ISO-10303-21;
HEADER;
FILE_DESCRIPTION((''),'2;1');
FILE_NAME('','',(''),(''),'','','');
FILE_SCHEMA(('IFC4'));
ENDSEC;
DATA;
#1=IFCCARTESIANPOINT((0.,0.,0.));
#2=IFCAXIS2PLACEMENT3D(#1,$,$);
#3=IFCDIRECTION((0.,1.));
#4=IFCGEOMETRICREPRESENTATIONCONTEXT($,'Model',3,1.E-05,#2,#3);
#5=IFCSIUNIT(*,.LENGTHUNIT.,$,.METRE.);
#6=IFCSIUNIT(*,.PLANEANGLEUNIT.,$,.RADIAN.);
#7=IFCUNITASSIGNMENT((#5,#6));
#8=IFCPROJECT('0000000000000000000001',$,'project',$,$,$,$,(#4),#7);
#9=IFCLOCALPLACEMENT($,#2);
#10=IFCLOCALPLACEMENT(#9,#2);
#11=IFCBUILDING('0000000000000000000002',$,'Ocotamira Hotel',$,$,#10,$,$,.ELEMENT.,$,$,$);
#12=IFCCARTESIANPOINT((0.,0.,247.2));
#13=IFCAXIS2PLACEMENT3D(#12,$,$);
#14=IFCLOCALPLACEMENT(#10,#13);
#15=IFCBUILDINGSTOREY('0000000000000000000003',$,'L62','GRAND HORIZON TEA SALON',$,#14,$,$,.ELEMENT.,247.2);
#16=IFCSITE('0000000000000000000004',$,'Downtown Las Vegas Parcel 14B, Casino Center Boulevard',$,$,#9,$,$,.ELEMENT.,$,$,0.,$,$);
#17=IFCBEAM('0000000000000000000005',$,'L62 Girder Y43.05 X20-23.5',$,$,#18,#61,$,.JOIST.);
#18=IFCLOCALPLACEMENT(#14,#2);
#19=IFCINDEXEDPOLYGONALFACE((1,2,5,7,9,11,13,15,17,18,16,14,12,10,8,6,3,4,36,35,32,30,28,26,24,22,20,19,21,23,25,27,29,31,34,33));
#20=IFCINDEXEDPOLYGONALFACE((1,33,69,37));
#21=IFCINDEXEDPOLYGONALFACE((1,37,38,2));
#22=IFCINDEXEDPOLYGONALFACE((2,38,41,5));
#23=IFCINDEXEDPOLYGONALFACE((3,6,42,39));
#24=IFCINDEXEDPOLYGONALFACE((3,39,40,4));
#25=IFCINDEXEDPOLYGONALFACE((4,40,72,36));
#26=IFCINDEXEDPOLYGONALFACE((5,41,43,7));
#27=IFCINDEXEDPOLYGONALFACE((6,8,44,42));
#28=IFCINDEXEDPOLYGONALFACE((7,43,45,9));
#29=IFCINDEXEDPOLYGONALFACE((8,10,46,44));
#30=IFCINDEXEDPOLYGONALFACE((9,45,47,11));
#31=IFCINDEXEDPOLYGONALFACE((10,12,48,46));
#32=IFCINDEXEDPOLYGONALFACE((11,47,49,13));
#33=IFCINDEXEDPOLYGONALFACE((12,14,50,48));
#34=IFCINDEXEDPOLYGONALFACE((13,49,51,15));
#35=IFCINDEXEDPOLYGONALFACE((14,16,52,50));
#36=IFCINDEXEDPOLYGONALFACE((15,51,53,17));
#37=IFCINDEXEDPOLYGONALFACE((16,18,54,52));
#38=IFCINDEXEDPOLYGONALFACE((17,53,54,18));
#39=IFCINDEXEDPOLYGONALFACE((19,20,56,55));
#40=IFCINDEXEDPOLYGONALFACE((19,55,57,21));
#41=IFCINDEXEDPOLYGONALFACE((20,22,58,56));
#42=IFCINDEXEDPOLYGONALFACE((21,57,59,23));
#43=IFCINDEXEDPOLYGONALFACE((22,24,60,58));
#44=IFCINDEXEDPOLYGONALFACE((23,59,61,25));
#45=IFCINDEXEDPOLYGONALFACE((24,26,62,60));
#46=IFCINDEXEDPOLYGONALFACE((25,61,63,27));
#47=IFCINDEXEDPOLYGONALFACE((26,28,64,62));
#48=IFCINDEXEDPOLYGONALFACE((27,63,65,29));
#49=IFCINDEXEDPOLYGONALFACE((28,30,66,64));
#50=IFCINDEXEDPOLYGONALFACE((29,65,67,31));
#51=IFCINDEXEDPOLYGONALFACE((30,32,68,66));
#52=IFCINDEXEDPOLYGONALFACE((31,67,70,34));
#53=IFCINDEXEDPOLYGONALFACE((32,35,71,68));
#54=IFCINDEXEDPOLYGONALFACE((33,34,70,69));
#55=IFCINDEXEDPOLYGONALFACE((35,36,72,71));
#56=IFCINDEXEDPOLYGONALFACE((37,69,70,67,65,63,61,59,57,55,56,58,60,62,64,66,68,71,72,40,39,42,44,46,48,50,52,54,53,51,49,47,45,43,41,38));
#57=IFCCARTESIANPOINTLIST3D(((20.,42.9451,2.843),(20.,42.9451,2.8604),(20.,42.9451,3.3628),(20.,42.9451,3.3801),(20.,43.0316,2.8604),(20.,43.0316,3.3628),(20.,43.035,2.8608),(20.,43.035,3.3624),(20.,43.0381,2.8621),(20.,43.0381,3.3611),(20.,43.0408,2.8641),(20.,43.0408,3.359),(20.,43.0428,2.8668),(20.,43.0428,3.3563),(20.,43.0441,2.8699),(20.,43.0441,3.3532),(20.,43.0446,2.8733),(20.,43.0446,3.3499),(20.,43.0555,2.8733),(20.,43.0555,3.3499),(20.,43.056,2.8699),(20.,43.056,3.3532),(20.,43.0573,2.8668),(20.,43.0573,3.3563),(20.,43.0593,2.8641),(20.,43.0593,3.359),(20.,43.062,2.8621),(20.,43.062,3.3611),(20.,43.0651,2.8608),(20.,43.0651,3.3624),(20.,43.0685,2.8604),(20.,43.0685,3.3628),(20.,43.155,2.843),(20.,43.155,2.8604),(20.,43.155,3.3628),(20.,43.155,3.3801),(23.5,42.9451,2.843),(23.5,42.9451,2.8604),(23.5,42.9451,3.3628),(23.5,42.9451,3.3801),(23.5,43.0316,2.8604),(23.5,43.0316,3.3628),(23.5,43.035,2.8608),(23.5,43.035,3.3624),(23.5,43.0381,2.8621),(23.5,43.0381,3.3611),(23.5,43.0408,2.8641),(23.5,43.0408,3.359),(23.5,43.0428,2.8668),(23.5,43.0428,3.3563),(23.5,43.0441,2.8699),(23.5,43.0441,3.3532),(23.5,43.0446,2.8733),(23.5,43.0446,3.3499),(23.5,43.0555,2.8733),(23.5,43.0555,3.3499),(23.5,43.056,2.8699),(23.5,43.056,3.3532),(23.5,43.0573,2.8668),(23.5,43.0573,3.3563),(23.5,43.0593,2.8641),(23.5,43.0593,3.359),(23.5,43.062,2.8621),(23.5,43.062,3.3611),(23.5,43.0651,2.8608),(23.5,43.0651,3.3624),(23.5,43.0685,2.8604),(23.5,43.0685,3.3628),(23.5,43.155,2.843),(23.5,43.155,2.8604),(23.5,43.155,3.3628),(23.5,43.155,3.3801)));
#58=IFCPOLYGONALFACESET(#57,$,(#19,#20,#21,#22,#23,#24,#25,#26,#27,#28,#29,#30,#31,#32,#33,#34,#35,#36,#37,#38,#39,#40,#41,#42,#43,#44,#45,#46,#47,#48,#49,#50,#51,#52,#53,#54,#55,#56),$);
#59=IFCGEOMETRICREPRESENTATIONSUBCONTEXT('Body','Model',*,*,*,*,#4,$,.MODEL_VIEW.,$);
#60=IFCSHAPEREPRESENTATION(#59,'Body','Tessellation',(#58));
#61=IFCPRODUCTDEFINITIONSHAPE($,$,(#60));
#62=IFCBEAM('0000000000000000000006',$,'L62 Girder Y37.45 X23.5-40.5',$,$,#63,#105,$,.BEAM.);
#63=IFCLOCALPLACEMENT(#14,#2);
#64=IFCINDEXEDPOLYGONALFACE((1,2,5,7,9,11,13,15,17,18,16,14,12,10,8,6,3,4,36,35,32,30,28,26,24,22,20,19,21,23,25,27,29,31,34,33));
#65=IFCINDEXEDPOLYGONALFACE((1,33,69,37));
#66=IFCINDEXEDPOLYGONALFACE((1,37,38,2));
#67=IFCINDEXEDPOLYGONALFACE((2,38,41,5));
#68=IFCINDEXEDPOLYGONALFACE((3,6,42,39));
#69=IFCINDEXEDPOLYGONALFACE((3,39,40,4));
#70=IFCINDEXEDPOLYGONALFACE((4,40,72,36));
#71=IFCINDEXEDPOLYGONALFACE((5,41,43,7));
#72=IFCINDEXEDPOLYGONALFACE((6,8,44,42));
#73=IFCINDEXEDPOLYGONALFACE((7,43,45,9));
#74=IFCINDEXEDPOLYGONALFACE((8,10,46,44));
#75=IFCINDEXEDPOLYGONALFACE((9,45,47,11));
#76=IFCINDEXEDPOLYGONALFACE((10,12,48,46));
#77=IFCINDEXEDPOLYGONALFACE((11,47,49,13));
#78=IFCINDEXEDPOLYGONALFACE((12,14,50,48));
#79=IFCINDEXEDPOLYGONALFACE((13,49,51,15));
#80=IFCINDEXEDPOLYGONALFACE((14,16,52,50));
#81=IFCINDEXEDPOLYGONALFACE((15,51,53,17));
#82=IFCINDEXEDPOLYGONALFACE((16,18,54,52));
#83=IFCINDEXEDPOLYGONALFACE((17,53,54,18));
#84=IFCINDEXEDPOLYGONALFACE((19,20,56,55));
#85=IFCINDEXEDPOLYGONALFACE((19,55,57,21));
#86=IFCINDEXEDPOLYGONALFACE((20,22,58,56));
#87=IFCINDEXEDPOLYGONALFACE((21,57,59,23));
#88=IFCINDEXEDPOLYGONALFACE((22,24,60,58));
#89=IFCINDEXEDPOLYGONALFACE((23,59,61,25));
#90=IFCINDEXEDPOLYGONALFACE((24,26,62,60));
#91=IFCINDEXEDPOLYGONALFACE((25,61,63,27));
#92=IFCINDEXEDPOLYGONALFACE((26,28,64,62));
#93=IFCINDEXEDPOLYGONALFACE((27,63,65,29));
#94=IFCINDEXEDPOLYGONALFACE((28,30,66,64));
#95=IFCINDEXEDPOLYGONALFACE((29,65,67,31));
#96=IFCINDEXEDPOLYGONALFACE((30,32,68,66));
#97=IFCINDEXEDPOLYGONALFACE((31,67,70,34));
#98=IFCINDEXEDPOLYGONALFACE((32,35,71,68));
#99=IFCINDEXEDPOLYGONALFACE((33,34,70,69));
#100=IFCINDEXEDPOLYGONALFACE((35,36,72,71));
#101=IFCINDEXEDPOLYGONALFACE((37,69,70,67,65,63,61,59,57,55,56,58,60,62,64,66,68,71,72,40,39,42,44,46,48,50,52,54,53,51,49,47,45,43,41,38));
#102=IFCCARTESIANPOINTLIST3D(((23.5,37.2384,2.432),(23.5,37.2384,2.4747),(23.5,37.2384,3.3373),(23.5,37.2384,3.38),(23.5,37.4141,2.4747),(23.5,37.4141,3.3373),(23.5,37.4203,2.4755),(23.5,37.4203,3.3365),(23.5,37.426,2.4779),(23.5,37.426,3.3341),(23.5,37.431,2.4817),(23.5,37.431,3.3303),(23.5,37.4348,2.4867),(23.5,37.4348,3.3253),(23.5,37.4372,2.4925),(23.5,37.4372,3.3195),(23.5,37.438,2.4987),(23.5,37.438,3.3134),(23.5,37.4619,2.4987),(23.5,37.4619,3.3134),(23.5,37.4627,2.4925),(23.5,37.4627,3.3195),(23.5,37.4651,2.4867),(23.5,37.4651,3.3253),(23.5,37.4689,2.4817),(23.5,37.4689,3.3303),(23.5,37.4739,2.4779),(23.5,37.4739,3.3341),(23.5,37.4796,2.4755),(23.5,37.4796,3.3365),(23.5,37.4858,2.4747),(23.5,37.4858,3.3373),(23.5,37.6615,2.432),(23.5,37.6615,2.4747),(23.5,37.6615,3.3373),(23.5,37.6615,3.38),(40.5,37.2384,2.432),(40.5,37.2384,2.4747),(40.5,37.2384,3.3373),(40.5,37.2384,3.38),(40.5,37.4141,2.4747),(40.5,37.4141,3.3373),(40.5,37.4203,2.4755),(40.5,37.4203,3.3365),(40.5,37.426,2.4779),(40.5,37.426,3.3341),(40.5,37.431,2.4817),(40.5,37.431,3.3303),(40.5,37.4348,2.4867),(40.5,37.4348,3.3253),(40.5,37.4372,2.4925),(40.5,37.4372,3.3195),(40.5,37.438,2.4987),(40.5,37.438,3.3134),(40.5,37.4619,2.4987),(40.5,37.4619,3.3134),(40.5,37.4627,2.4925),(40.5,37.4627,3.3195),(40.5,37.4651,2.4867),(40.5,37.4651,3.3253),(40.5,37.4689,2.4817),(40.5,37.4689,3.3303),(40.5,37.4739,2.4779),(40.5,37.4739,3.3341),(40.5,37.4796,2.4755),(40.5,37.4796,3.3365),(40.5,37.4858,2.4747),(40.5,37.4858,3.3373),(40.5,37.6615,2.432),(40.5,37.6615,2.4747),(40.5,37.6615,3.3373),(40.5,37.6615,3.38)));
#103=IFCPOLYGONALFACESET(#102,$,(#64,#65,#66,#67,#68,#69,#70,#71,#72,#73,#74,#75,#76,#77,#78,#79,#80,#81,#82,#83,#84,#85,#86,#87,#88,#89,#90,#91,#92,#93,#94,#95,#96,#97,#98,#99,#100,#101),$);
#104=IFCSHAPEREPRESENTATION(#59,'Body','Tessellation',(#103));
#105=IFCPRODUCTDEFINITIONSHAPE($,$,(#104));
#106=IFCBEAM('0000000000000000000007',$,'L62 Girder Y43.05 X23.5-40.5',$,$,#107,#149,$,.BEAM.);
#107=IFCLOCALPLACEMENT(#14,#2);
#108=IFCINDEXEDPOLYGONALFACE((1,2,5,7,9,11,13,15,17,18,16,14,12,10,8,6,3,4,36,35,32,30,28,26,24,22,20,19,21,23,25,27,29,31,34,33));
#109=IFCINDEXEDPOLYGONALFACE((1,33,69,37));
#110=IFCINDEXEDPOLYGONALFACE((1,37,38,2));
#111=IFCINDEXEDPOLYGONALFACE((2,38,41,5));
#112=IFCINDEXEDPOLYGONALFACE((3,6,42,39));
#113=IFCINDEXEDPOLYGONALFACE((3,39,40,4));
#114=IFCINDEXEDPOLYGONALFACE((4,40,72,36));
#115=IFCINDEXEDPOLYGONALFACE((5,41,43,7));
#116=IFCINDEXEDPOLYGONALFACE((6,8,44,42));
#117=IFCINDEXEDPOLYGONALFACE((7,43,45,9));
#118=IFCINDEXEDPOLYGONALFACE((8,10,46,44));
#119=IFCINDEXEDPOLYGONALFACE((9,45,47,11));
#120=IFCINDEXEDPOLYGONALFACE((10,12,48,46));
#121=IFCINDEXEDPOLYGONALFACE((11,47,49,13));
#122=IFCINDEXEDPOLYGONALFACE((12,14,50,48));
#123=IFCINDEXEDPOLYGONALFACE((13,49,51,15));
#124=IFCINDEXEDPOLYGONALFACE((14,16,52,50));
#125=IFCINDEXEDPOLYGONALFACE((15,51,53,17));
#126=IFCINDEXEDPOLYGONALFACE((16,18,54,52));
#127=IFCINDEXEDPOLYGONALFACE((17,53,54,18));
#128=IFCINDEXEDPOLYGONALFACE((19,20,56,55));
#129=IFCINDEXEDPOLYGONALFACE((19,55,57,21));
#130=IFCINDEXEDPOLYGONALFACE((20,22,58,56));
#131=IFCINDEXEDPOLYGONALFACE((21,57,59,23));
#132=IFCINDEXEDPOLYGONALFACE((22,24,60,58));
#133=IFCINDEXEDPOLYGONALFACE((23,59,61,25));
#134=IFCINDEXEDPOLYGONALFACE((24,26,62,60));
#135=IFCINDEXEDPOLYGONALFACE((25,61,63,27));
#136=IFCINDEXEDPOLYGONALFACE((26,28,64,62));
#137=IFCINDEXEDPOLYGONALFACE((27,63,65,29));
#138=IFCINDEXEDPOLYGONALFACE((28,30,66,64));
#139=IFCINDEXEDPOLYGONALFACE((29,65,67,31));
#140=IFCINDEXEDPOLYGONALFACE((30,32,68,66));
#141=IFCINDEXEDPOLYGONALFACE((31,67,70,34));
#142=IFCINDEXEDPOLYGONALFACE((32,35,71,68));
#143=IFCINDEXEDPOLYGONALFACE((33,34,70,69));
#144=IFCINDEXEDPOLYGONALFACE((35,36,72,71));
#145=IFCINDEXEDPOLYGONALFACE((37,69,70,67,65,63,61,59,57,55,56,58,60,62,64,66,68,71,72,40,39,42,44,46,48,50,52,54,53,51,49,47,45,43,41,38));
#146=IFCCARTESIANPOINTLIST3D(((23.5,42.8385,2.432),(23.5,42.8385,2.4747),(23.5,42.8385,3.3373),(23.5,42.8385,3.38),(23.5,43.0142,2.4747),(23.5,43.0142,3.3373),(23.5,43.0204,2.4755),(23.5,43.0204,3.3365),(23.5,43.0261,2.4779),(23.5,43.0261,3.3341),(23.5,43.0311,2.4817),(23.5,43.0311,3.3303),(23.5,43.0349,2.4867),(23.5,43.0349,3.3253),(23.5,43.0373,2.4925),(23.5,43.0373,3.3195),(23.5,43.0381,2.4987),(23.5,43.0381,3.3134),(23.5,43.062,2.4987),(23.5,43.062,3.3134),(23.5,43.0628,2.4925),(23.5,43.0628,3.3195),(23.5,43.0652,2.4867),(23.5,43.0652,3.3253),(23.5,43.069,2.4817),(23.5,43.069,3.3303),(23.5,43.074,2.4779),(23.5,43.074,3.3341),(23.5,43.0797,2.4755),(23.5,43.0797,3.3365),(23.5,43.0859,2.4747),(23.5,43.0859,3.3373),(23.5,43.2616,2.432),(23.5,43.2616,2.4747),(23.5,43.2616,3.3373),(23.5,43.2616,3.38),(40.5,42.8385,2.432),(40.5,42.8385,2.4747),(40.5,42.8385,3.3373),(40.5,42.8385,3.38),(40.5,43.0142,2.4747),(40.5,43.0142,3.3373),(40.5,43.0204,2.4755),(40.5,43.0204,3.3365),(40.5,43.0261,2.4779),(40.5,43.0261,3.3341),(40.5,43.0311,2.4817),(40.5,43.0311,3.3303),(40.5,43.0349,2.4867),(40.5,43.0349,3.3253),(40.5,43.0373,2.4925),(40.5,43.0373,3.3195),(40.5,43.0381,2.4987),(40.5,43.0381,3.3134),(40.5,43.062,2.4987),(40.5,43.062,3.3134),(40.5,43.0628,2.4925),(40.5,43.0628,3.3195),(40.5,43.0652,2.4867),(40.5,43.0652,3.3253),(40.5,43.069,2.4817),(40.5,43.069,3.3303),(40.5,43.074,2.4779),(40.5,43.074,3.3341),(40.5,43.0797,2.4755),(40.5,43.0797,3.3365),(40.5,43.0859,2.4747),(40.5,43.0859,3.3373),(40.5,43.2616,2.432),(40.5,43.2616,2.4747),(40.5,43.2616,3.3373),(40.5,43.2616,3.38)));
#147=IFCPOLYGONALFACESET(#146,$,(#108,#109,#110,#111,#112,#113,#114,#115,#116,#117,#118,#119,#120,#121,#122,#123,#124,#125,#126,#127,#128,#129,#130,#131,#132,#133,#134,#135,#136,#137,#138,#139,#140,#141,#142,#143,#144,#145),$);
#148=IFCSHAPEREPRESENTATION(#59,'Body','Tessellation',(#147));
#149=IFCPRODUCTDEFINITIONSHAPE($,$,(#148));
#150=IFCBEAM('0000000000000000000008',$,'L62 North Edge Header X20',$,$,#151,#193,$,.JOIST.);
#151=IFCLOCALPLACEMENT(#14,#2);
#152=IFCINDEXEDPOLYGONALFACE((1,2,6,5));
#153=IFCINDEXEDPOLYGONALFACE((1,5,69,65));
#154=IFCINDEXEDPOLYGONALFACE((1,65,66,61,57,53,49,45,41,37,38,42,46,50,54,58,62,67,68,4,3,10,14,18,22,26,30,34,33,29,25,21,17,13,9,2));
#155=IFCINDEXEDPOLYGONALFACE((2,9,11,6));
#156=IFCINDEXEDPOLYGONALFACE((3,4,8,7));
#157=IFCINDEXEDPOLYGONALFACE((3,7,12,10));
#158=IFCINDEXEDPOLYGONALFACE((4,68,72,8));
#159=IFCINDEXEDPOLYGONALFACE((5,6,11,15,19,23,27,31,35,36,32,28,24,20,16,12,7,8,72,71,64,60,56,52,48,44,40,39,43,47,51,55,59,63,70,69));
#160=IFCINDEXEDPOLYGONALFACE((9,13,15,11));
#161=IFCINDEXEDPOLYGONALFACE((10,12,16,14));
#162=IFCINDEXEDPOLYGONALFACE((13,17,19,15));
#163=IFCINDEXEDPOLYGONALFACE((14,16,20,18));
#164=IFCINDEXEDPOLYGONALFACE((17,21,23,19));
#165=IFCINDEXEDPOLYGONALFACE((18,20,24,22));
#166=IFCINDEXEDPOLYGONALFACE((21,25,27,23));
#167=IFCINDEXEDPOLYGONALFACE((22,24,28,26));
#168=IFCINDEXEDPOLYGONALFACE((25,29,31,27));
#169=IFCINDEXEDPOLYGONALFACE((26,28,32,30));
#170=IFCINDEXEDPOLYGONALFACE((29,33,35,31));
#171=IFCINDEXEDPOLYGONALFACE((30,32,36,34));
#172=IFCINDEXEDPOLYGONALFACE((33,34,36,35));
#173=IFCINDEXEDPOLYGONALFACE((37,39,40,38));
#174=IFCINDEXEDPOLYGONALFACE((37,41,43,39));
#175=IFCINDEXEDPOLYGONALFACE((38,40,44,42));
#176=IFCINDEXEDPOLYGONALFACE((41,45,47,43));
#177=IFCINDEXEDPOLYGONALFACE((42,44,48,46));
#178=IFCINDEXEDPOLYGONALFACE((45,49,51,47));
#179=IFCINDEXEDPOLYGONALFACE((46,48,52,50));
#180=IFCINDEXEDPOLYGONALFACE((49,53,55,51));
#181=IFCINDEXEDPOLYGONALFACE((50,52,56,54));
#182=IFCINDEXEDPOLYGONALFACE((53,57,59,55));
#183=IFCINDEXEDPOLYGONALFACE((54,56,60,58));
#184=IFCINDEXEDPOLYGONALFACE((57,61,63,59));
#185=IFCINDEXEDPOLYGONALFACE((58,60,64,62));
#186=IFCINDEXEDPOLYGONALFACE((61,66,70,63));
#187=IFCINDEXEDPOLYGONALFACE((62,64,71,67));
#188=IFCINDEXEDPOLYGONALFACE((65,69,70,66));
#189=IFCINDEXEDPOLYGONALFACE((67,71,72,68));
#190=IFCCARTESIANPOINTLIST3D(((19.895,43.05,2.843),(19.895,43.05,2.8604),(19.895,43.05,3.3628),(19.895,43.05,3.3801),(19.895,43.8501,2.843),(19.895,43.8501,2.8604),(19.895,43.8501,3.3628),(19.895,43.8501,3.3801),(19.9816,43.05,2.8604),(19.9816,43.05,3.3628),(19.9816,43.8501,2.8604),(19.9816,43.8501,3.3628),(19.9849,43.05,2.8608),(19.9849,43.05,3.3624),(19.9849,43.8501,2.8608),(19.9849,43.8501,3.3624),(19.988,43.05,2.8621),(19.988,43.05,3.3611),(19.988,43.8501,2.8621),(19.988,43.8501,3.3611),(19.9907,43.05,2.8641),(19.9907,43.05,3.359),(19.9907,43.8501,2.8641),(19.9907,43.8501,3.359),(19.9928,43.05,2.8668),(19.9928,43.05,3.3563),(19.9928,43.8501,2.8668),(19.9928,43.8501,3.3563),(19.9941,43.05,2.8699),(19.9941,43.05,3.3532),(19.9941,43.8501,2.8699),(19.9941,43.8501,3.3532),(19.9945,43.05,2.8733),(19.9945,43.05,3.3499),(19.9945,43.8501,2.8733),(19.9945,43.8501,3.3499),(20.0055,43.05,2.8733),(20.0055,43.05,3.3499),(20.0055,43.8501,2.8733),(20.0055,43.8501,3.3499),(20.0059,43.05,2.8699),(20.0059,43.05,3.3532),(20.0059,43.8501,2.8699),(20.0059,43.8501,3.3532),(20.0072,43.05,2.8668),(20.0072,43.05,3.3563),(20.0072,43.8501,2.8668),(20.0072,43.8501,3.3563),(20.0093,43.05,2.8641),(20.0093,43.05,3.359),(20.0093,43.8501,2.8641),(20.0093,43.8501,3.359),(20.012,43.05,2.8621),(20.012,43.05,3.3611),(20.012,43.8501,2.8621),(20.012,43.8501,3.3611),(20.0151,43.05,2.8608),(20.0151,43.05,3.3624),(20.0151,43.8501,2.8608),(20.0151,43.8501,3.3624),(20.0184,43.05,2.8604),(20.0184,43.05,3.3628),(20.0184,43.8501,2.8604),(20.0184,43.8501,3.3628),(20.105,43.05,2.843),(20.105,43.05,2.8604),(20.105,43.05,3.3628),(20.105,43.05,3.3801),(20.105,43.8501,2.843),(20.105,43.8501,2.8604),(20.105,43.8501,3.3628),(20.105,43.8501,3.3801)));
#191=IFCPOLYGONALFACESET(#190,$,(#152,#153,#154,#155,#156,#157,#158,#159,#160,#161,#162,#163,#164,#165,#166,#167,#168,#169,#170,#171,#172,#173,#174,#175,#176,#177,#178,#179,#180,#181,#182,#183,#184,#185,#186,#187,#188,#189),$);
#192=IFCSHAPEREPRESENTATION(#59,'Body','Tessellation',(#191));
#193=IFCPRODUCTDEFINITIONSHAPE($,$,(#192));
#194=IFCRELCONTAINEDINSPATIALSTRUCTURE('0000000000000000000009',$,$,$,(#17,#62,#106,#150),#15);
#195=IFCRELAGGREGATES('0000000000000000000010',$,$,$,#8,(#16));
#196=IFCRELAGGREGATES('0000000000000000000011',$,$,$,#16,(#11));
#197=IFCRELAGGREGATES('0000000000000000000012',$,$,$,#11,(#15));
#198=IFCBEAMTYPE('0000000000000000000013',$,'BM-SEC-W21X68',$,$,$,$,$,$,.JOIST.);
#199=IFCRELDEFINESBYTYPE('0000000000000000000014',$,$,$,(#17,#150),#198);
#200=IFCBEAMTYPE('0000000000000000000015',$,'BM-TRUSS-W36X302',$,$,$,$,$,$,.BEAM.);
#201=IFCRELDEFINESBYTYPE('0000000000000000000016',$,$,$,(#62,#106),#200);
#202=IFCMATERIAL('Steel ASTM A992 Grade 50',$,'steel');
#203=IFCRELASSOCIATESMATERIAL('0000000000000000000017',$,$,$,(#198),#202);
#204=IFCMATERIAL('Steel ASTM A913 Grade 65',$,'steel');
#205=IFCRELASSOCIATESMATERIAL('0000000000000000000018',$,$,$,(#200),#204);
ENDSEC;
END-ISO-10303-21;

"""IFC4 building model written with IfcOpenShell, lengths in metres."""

from ifc_helpers import new_model, si_unit, direction, frame, origin, origin_2d, place, context, subcontext, project, spatial, i_section, extrude, source, transform, mapped, material, material_profile, profile_set, type_object, element, save


model = new_model("IFC4")

# Units and contexts
model_context = context("Model", 3, precision=1e-05, world=origin(), true_north=direction((0.0, 1.0)))
body_context = subcontext(model_context, "Body", "Model", "MODEL_VIEW")
ifc_project = project(units=[si_unit("LENGTHUNIT", "METRE"), si_unit("PLANEANGLEUNIT", "RADIAN")], contexts=[model_context])

# Site, building, storey
site_placement = place(None, origin())
site = spatial("IfcSite", under=ifc_project, at=site_placement, Name="Downtown Las Vegas Parcel 14B, Casino Center Boulevard", CompositionType="ELEMENT", RefElevation=0.0)
building_placement = place(site_placement, origin())
building = spatial("IfcBuilding", under=site, at=building_placement, Name="Ocotamira Hotel", CompositionType="ELEMENT")
storey_placement = place(building_placement, frame((0.0, 0.0, 247.2)))
storey = spatial("IfcBuildingStorey", under=building, at=storey_placement, Name="L62", Description="GRAND HORIZON TEA SALON", CompositionType="ELEMENT", Elevation=247.2)

# Shared definitions
ifc_material_1 = material(Name="Steel ASTM A992 Grade 50", Category="steel")
ifc_material_2 = material(Name="Steel ASTM A913 Grade 65", Category="steel")

# Beams
ifc_material_profile_1 = material_profile(ifc_material_1, i_section(OverallWidth=0.21, OverallDepth=0.5371, WebThickness=0.011, FlangeThickness=0.0173, FilletRadius=0.0129, at=origin_2d()), Name="W21X68")
ifc_profile_set_1 = profile_set([ifc_material_profile_1], Name="Steel ASTM A992 Grade 50")
beam_type_1 = type_object("IfcBeamType", Name="BM-SEC-W21X68", PredefinedType="JOIST", material=ifc_profile_set_1)
shared_shape_1 = source(origin(), body_context, "Body", "SweptSolid", [
    extrude(i_section(OverallWidth=0.21, OverallDepth=0.5371, WebThickness=0.011, FlangeThickness=0.0173, FilletRadius=0.0129, at=origin_2d()), origin(), (0.0, 0.0, 1.0), 3.5),
])
beam_1_placement = place(storey_placement, frame((20.0, 43.05, 3.1116), z_axis=(1.0, 0.0, 0.0), x_axis=(0.0, 1.0, 0.0)))
element("IfcBeam", 1, at=beam_1_placement, inside=storey, type_object=beam_type_1, Name="L62 Girder Y43.05 X20-23.5", PredefinedType="JOIST", context=body_context, shape_type="MappedRepresentation", body=[
    mapped(shared_shape_1, transform((0.0, 0.0, 0.0), scale=1.0)),
])
ifc_material_profile_2 = material_profile(ifc_material_2, i_section(OverallWidth=0.4231, OverallDepth=0.948, WebThickness=0.0239, FlangeThickness=0.0427, FilletRadius=0.0239, at=origin_2d()), Name="W36X302")
ifc_profile_set_2 = profile_set([ifc_material_profile_2], Name="Steel ASTM A913 Grade 65")
beam_type_2 = type_object("IfcBeamType", Name="BM-TRUSS-W36X302", PredefinedType="BEAM", material=ifc_profile_set_2)
shared_shape_2 = source(origin(), body_context, "Body", "SweptSolid", [
    extrude(i_section(OverallWidth=0.4231, OverallDepth=0.948, WebThickness=0.0239, FlangeThickness=0.0427, FilletRadius=0.0239, at=origin_2d()), origin(), (0.0, 0.0, 1.0), 17.0),
])
for number, where, z_axis, x_axis, name in (
    (2, (23.5, 37.45, 2.906), (1.0, 0.0, 0.0), (0.0, 1.0, 0.0), "L62 Girder Y37.45 X23.5-40.5"),
    (3, (23.5, 43.05, 2.906), (1.0, 0.0, 0.0), (0.0, 1.0, 0.0), "L62 Girder Y43.05 X23.5-40.5"),
):
    element("IfcBeam", number, at=place(storey_placement, frame(where, z_axis=z_axis, x_axis=x_axis)), inside=storey, type_object=beam_type_2, Name=name, PredefinedType="BEAM", context=body_context, shape_type="MappedRepresentation", body=[
        mapped(shared_shape_2, transform((0.0, 0.0, 0.0), scale=1.0)),
    ])
shared_shape_3 = source(origin(), body_context, "Body", "SweptSolid", [
    extrude(i_section(OverallWidth=0.21, OverallDepth=0.5371, WebThickness=0.011, FlangeThickness=0.0173, FilletRadius=0.0129, at=origin_2d()), origin(), (0.0, 0.0, 1.0), 0.8),
])
beam_2_placement = place(storey_placement, frame((20.0, 43.05, 3.1116), z_axis=(0.0, 1.0, 0.0), x_axis=(-1.0, 0.0, 0.0)))
element("IfcBeam", 4, at=beam_2_placement, inside=storey, type_object=beam_type_1, Name="L62 North Edge Header X20", PredefinedType="JOIST", context=body_context, shape_type="MappedRepresentation", body=[
    mapped(shared_shape_3, transform((0.0, 0.0, 0.0), scale=1.0)),
])

save(model, "model.ifc")
